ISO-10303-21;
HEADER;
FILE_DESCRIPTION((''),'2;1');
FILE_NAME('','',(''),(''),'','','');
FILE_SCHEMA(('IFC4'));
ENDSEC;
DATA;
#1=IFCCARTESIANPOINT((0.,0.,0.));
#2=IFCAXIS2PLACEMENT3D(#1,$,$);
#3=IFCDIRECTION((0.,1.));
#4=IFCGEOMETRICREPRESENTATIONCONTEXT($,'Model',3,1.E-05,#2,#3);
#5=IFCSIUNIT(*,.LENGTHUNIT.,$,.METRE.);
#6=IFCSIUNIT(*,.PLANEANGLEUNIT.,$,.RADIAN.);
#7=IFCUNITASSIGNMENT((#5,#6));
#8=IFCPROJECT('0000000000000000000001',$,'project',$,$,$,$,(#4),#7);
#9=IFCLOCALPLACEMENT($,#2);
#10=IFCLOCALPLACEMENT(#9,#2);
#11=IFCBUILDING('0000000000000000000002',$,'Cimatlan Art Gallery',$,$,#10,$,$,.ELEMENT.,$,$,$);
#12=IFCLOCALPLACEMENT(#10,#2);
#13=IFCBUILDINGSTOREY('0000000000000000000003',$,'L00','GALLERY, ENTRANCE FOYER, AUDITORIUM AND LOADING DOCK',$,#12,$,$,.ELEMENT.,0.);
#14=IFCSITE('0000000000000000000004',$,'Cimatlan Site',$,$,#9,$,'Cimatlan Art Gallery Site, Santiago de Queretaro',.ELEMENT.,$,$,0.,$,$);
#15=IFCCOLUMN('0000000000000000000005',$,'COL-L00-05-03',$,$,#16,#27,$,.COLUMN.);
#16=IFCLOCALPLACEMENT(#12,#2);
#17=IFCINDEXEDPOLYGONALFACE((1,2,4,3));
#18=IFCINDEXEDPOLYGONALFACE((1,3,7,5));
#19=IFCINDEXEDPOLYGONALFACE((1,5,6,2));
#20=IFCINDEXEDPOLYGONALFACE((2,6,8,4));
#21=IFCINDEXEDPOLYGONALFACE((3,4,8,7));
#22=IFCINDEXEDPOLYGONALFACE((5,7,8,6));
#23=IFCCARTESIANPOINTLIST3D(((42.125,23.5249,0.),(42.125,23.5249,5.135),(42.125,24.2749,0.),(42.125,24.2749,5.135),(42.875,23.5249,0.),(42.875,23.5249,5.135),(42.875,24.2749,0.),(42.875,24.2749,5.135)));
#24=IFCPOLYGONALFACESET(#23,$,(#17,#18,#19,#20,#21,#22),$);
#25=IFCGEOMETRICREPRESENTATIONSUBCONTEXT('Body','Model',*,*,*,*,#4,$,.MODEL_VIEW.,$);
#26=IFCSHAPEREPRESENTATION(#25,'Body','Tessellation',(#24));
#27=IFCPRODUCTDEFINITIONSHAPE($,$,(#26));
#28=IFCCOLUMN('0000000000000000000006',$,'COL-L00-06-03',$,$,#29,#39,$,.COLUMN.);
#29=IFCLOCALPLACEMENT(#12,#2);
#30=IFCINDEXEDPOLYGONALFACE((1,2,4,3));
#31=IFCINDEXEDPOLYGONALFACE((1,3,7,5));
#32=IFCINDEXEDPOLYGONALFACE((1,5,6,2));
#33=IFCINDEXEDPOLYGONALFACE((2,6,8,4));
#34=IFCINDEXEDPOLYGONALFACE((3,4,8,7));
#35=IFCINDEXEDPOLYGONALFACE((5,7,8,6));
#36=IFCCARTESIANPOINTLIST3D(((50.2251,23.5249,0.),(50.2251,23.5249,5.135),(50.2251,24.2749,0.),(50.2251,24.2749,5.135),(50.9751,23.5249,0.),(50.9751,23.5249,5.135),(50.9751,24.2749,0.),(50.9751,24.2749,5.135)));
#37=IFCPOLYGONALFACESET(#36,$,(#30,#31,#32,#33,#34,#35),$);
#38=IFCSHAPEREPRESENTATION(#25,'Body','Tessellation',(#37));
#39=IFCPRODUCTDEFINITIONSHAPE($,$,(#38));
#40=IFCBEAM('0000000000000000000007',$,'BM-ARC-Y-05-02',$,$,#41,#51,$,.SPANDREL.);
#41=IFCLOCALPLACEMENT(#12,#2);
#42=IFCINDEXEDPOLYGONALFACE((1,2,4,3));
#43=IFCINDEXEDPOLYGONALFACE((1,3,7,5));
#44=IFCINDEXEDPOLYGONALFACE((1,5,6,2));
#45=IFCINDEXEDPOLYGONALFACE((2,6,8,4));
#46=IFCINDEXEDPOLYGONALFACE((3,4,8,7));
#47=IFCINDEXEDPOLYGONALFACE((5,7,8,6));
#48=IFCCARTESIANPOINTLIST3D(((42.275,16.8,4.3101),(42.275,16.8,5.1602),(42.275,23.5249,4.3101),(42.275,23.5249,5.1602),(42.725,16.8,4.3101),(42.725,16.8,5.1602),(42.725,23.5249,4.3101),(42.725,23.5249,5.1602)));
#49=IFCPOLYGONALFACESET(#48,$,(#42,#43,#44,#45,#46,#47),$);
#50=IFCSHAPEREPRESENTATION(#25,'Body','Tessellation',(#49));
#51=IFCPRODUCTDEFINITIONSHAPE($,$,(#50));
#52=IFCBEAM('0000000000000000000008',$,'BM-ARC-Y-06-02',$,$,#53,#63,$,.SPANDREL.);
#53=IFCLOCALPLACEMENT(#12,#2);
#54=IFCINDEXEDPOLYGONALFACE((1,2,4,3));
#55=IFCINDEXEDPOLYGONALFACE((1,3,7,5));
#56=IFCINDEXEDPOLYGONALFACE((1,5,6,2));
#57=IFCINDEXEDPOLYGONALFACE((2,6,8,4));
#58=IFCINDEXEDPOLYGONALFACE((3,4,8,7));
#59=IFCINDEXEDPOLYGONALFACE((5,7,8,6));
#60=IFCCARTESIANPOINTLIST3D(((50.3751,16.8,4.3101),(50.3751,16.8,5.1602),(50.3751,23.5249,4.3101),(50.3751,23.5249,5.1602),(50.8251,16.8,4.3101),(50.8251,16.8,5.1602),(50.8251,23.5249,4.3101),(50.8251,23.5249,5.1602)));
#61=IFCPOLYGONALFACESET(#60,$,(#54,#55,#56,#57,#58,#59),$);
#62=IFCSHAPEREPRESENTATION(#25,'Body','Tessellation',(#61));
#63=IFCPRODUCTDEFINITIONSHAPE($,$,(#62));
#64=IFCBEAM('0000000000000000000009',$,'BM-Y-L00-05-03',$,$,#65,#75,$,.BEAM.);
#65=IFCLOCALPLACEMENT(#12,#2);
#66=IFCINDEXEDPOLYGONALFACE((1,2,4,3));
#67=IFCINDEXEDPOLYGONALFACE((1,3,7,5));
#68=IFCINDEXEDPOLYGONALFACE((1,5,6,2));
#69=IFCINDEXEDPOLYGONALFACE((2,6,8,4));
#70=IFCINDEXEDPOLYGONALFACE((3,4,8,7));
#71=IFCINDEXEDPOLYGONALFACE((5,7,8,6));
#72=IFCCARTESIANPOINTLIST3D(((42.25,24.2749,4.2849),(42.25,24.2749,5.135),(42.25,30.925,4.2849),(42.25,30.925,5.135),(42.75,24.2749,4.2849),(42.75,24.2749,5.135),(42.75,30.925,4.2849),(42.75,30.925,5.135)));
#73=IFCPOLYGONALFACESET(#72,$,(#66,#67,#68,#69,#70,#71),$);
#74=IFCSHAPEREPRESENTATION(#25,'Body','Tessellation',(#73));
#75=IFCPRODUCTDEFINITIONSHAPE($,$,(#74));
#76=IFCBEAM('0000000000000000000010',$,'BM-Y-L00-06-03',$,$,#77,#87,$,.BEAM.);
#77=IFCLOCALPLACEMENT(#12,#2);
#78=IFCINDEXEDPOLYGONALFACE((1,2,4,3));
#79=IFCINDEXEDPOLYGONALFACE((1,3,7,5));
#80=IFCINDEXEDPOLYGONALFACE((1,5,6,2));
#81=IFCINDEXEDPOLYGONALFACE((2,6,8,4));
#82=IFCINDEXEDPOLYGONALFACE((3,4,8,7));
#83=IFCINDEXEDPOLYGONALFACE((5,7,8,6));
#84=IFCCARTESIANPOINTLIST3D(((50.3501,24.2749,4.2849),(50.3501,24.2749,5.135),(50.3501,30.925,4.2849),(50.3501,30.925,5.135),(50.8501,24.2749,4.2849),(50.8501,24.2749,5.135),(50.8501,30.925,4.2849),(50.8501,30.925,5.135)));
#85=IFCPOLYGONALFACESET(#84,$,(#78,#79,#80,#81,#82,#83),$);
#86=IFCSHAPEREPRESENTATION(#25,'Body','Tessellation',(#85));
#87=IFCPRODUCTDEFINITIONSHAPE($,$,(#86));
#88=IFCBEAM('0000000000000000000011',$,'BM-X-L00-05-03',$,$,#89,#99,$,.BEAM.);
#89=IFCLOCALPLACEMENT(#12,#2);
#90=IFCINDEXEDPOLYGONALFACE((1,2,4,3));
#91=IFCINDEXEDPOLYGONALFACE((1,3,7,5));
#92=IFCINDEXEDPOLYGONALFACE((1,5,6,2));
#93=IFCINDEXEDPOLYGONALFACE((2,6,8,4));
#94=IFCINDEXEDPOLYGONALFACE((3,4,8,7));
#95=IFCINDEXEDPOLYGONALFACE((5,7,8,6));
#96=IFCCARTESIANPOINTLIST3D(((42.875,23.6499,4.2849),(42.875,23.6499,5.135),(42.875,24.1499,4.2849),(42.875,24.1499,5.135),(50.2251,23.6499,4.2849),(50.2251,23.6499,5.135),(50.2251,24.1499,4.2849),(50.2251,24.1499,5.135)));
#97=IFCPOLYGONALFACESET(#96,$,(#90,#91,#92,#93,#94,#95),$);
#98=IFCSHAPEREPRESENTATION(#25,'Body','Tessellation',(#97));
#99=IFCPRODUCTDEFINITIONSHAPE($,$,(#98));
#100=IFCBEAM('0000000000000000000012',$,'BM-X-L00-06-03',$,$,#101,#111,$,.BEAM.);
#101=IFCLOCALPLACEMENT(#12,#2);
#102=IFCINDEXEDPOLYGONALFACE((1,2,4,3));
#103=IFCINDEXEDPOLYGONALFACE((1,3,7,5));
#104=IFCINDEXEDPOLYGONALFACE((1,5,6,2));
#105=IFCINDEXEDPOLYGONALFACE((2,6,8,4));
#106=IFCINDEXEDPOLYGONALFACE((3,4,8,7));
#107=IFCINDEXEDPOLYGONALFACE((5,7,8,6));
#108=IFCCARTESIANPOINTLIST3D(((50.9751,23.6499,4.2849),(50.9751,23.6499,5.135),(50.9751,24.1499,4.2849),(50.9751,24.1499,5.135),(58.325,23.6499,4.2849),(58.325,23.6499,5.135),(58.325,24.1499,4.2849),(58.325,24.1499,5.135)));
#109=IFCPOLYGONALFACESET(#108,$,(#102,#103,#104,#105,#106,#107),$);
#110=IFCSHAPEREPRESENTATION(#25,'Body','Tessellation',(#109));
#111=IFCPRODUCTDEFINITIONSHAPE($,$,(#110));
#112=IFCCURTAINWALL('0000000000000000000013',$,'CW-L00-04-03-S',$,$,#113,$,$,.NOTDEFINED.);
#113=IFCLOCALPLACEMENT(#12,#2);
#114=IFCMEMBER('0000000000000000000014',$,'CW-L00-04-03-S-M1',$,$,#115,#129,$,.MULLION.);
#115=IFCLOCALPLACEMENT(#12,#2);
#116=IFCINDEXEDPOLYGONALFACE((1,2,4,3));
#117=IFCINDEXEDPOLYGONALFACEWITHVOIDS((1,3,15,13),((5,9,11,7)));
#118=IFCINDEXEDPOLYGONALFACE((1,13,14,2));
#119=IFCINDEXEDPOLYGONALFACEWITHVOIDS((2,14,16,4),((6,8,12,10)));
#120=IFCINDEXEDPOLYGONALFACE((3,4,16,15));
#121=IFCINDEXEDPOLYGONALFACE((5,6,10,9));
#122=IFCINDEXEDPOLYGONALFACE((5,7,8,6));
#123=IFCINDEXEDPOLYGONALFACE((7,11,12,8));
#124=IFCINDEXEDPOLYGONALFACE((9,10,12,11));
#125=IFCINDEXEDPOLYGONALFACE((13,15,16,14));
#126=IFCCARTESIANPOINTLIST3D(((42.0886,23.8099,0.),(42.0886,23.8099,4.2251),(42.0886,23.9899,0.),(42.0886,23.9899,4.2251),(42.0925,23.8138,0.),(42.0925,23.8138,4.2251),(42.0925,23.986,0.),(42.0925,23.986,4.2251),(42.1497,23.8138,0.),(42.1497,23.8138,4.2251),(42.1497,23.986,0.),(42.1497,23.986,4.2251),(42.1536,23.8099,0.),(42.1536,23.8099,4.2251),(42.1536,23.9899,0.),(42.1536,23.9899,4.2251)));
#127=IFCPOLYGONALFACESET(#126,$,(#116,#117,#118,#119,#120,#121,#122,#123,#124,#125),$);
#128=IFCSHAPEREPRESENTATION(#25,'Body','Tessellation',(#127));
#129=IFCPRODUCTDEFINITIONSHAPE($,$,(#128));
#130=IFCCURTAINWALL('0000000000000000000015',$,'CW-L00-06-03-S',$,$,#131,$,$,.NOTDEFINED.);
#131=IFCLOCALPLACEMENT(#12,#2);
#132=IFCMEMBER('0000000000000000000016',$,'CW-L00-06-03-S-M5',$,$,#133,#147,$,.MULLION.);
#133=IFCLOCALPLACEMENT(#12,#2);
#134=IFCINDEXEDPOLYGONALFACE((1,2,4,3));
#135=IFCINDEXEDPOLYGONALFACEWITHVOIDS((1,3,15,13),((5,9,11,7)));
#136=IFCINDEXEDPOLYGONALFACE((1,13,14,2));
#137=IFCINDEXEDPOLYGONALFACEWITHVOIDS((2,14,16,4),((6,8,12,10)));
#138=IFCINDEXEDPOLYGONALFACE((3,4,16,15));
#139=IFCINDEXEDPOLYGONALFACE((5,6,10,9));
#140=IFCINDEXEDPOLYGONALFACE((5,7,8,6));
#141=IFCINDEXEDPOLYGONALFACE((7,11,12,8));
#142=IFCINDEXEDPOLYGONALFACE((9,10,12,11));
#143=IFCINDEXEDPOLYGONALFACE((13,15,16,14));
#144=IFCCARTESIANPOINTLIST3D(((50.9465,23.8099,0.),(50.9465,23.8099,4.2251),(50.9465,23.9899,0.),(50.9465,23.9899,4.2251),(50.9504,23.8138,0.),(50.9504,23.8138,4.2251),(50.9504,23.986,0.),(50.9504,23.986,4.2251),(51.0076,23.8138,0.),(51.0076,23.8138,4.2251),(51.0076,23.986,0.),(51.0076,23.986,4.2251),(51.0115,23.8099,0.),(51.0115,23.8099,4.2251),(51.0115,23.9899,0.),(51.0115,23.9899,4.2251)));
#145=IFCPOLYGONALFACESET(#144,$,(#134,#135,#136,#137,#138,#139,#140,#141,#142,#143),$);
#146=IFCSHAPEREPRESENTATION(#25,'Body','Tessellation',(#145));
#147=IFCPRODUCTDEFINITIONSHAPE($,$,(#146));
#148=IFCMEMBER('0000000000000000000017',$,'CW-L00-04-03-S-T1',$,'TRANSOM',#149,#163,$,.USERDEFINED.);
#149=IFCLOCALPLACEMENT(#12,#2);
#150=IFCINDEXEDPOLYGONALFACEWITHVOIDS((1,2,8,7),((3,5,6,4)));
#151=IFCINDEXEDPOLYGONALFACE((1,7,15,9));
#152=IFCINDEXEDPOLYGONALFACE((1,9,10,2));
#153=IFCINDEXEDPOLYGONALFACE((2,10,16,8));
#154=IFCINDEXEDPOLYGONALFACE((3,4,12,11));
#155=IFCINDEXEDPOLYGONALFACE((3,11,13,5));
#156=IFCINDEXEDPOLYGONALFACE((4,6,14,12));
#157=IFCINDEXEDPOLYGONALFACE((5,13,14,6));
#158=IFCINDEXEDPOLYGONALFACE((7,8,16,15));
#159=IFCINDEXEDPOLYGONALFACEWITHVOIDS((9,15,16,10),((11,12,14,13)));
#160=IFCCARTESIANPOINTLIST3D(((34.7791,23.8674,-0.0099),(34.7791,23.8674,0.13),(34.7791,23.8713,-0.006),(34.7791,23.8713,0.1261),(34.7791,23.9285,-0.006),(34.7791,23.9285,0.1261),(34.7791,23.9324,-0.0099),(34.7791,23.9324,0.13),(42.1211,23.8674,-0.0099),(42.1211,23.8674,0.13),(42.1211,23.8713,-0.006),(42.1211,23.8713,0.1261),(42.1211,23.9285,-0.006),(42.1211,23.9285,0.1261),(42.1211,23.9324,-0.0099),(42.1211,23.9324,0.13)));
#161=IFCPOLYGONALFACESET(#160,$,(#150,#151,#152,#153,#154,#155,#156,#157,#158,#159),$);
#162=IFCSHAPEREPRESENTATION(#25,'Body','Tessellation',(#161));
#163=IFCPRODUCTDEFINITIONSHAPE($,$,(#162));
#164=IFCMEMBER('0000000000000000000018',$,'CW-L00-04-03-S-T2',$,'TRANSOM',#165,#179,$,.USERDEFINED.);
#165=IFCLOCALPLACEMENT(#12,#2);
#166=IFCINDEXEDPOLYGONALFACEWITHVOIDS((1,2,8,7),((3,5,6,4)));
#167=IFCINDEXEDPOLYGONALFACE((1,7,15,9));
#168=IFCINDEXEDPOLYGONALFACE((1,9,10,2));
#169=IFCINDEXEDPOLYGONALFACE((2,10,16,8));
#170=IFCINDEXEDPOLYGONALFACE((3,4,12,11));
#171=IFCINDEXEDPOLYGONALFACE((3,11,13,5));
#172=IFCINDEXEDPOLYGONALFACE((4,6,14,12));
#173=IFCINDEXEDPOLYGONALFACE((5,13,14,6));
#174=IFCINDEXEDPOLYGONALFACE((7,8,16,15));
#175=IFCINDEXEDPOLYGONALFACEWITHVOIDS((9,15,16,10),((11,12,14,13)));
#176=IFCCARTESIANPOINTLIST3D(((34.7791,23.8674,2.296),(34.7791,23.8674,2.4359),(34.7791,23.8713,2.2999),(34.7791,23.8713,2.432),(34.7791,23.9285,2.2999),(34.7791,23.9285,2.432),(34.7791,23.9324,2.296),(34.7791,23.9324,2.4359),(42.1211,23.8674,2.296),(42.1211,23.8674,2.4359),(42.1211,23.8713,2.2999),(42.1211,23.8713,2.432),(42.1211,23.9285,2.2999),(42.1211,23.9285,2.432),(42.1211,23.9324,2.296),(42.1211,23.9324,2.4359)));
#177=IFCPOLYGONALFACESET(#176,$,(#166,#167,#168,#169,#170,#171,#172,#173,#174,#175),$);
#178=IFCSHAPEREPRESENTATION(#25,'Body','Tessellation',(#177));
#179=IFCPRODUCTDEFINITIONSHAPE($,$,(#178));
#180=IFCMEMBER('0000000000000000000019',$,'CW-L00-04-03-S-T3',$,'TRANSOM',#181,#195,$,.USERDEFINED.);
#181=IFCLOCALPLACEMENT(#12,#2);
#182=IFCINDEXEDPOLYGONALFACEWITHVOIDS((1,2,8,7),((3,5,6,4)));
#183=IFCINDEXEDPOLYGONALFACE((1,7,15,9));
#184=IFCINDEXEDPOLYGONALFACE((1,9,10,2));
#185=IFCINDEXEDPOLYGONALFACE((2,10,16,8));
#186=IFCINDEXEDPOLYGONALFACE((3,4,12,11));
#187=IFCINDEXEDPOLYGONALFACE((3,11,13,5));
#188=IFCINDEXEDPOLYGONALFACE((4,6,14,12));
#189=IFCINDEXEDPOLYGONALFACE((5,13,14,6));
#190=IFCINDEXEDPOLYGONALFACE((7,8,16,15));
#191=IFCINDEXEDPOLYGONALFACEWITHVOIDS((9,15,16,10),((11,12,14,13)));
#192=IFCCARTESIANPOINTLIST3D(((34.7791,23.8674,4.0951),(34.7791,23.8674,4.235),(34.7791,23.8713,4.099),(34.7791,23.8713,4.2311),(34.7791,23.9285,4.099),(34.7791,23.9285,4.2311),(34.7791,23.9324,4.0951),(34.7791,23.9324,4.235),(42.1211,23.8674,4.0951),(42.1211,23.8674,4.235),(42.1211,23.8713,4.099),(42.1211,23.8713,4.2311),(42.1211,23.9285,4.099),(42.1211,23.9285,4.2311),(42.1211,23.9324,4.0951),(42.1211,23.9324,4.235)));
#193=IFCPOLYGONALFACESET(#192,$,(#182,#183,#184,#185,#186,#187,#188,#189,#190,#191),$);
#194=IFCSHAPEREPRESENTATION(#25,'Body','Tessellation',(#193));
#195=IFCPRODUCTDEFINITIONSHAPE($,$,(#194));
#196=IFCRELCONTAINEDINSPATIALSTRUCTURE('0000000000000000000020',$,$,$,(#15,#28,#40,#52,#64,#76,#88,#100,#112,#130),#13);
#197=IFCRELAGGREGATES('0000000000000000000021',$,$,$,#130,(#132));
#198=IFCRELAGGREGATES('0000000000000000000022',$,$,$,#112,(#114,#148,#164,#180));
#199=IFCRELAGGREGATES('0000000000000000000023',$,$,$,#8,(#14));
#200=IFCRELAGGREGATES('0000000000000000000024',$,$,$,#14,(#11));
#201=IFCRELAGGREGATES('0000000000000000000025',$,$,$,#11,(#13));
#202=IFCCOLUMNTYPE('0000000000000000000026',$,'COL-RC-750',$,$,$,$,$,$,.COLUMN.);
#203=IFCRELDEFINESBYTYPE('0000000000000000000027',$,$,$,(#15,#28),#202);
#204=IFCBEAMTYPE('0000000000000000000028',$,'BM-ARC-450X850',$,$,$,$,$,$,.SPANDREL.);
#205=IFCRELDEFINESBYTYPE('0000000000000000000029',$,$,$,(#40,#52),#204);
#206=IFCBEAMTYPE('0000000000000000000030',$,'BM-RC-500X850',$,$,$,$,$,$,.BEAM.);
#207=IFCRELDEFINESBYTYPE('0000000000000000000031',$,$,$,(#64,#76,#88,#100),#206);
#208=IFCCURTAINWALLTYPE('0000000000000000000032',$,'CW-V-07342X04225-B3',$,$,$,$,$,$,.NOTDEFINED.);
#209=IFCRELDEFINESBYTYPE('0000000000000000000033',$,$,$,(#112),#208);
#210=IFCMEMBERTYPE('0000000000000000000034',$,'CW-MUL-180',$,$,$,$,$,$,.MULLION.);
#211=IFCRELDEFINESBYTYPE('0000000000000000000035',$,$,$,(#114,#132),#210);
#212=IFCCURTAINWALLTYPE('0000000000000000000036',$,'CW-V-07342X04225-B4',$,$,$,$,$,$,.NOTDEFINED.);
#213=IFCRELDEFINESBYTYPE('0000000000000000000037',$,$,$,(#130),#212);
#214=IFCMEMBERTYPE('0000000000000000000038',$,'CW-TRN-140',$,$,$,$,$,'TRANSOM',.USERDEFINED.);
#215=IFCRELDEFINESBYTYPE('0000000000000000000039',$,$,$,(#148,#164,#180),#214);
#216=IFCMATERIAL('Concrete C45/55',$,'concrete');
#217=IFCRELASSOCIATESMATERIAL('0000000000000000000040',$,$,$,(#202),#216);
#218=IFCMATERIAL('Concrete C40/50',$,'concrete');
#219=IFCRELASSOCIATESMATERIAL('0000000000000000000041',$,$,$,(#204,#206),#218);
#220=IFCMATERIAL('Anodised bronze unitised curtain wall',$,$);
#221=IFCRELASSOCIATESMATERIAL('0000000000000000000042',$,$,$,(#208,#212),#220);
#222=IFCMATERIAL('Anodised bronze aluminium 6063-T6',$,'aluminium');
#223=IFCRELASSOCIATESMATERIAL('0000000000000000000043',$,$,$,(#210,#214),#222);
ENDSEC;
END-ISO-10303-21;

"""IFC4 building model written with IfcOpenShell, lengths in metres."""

from ifc_helpers import new_model, si_unit, direction, frame, origin, origin_2d, place, context, subcontext, project, spatial, rectangle, hollow_rectangle, extrude, material, material_profile, profile_set, type_object, element, aggregate, save


model = new_model("IFC4")

# Units and contexts
model_context = context("Model", 3, precision=1e-05, world=origin(), true_north=direction((0.0, 1.0)))
body_context = subcontext(model_context, "Body", "Model", "MODEL_VIEW")
ifc_project = project(units=[si_unit("LENGTHUNIT", "METRE"), si_unit("PLANEANGLEUNIT", "RADIAN")], contexts=[model_context])

# Site, building, storey
site_placement = place(None, origin())
site = spatial("IfcSite", under=ifc_project, at=site_placement, Name="Cimatlan Site", LongName="Cimatlan Art Gallery Site, Santiago de Queretaro", CompositionType="ELEMENT", RefElevation=0.0)
building_placement = place(site_placement, origin())
building = spatial("IfcBuilding", under=site, at=building_placement, Name="Cimatlan Art Gallery", CompositionType="ELEMENT")
storey_placement = place(building_placement, origin())
storey = spatial("IfcBuildingStorey", under=building, at=storey_placement, Name="L00", Description="GALLERY, ENTRANCE FOYER, AUDITORIUM AND LOADING DOCK", CompositionType="ELEMENT", Elevation=0.0)

# Columns
ifc_material_1 = material(Name="Concrete C45/55", Category="concrete")
ifc_material_profile_1 = material_profile(ifc_material_1, rectangle(XDim=0.75, YDim=0.75, at=origin_2d()), Name="RC750X750")
ifc_profile_set_1 = profile_set([ifc_material_profile_1], Name="Concrete C45/55")
column_type = type_object("IfcColumnType", Name="COL-RC-750", PredefinedType="COLUMN", material=ifc_profile_set_1)
for number, where, z_axis, x_axis, name in (
    (1, (42.5, 23.8999, 0.0), (0.0, 0.0, 1.0), (1.0, 0.0, 0.0), "COL-L00-05-03"),
    (2, (50.6001, 23.8999, 0.0), (0.0, 0.0, 1.0), (1.0, 0.0, 0.0), "COL-L00-06-03"),
):
    element("IfcColumn", number, at=place(storey_placement, frame(where, z_axis=z_axis, x_axis=x_axis)), inside=storey, type_object=column_type, Name=name, PredefinedType="COLUMN", context=body_context, shape_type="SweptSolid", body=[
        extrude(rectangle(XDim=0.75, YDim=0.75, at=origin_2d()), origin(), (0.0, 0.0, 1.0), 5.135),
    ])

# Beams
ifc_material_2 = material(Name="Concrete C40/50", Category="concrete")
ifc_material_profile_2 = material_profile(ifc_material_2, rectangle(XDim=0.45, YDim=0.8501, at=origin_2d()), Name="RC450X850")
ifc_profile_set_2 = profile_set([ifc_material_profile_2], Name="Concrete C40/50")
beam_type_1 = type_object("IfcBeamType", Name="BM-ARC-450X850", PredefinedType="SPANDREL", material=ifc_profile_set_2)
for number, where, z_axis, x_axis, name in (
    (3, (42.5, 16.8, 4.7351), (0.0, 1.0, 0.0), (-1.0, 0.0, 0.0), "BM-ARC-Y-05-02"),
    (4, (50.6001, 16.8, 4.7351), (0.0, 1.0, 0.0), (-1.0, 0.0, 0.0), "BM-ARC-Y-06-02"),
):
    element("IfcBeam", number, at=place(storey_placement, frame(where, z_axis=z_axis, x_axis=x_axis)), inside=storey, type_object=beam_type_1, Name=name, PredefinedType="SPANDREL", context=body_context, shape_type="SweptSolid", body=[
        extrude(rectangle(XDim=0.45, YDim=0.8501, at=origin_2d()), origin(), (0.0, 0.0, 1.0), 6.7249),
    ])
ifc_material_profile_3 = material_profile(ifc_material_2, rectangle(XDim=0.5, YDim=0.8501, at=origin_2d()), Name="RC500X850")
ifc_profile_set_3 = profile_set([ifc_material_profile_3], Name="Concrete C40/50")
beam_type_2 = type_object("IfcBeamType", Name="BM-RC-500X850", PredefinedType="BEAM", material=ifc_profile_set_3)
for number, where, z_axis, x_axis, name in (
    (5, (42.5, 24.2749, 4.71), (0.0, 1.0, 0.0), (-1.0, 0.0, 0.0), "BM-Y-L00-05-03"),
    (6, (50.6001, 24.2749, 4.71), (0.0, 1.0, 0.0), (-1.0, 0.0, 0.0), "BM-Y-L00-06-03"),
):
    element("IfcBeam", number, at=place(storey_placement, frame(where, z_axis=z_axis, x_axis=x_axis)), inside=storey, type_object=beam_type_2, Name=name, PredefinedType="BEAM", context=body_context, shape_type="SweptSolid", body=[
        extrude(rectangle(XDim=0.5, YDim=0.8501, at=origin_2d()), origin(), (0.0, 0.0, 1.0), 6.6501),
    ])
beam_1_placement = place(storey_placement, frame((42.875, 23.8999, 4.71), z_axis=(1.0, 0.0, 0.0), x_axis=(0.0, 1.0, 0.0)))
element("IfcBeam", 7, at=beam_1_placement, inside=storey, type_object=beam_type_2, Name="BM-X-L00-05-03", PredefinedType="BEAM", context=body_context, shape_type="SweptSolid", body=[
    extrude(rectangle(XDim=0.5, YDim=0.8501, at=origin_2d()), origin(), (0.0, 0.0, 1.0), 7.3501),
])
beam_2_placement = place(storey_placement, frame((50.9751, 23.8999, 4.71), z_axis=(1.0, 0.0, 0.0), x_axis=(0.0, 1.0, 0.0)))
element("IfcBeam", 8, at=beam_2_placement, inside=storey, type_object=beam_type_2, Name="BM-X-L00-06-03", PredefinedType="BEAM", context=body_context, shape_type="SweptSolid", body=[
    extrude(rectangle(XDim=0.5, YDim=0.8501, at=origin_2d()), origin(), (0.0, 0.0, 1.0), 7.3499),
])

# Curtain walls, members
ifc_material_3 = material(Name="Anodised bronze unitised curtain wall")
curtain_wall_type_1 = type_object("IfcCurtainWallType", Name="CW-V-07342X04225-B3", PredefinedType="NOTDEFINED", material=ifc_material_3)
curtain_wall_1_placement = place(storey_placement, origin())
curtain_wall_1 = element("IfcCurtainWall", 9, at=curtain_wall_1_placement, inside=storey, type_object=curtain_wall_type_1, Name="CW-L00-04-03-S", PredefinedType="NOTDEFINED")
ifc_material_4 = material(Name="Anodised bronze aluminium 6063-T6", Category="aluminium")
ifc_material_profile_4 = material_profile(ifc_material_4, hollow_rectangle(XDim=0.0649, YDim=0.1799, WallThickness=0.0039, at=origin_2d()), Name="ALU65X180X4")
ifc_profile_set_4 = profile_set([ifc_material_profile_4], Name="Anodised bronze aluminium 6063-T6")
member_type_1 = type_object("IfcMemberType", Name="CW-MUL-180", PredefinedType="MULLION", material=ifc_profile_set_4)
member_1_placement = place(storey_placement, frame((42.1211, 23.8999, 0.0), z_axis=(0.0, 0.0, 1.0), x_axis=(1.0, 0.0, 0.0)))
member_1 = element("IfcMember", 10, at=member_1_placement, type_object=member_type_1, Name="CW-L00-04-03-S-M1", PredefinedType="MULLION", context=body_context, shape_type="SweptSolid", body=[
    extrude(hollow_rectangle(XDim=0.0649, YDim=0.1799, WallThickness=0.0039, at=origin_2d()), origin(), (0.0, 0.0, 1.0), 4.2251),
])
curtain_wall_type_2 = type_object("IfcCurtainWallType", Name="CW-V-07342X04225-B4", PredefinedType="NOTDEFINED", material=ifc_material_3)
curtain_wall_2_placement = place(storey_placement, origin())
curtain_wall_2 = element("IfcCurtainWall", 11, at=curtain_wall_2_placement, inside=storey, type_object=curtain_wall_type_2, Name="CW-L00-06-03-S", PredefinedType="NOTDEFINED")
member_2_placement = place(storey_placement, frame((50.979, 23.8999, 0.0), z_axis=(0.0, 0.0, 1.0), x_axis=(1.0, 0.0, 0.0)))
member_2 = element("IfcMember", 12, at=member_2_placement, type_object=member_type_1, Name="CW-L00-06-03-S-M5", PredefinedType="MULLION", context=body_context, shape_type="SweptSolid", body=[
    extrude(hollow_rectangle(XDim=0.0649, YDim=0.1799, WallThickness=0.0039, at=origin_2d()), origin(), (0.0, 0.0, 1.0), 4.2251),
])

# Members
ifc_material_profile_5 = material_profile(ifc_material_4, hollow_rectangle(XDim=0.0649, YDim=0.1399, WallThickness=0.0039, at=origin_2d()), Name="ALU65X140X4")
ifc_profile_set_5 = profile_set([ifc_material_profile_5], Name="Anodised bronze aluminium 6063-T6")
member_type_2 = type_object("IfcMemberType", Name="CW-TRN-140", ElementType="TRANSOM", PredefinedType="USERDEFINED", material=ifc_profile_set_5)
member_3_placement = place(storey_placement, frame((42.1211, 23.8999, 0.0601), z_axis=(-1.0, 0.0, 0.0), x_axis=(0.0, -1.0, 0.0)))
member_3 = element("IfcMember", 13, at=member_3_placement, type_object=member_type_2, Name="CW-L00-04-03-S-T1", ObjectType="TRANSOM", PredefinedType="USERDEFINED", context=body_context, shape_type="SweptSolid", body=[
    extrude(hollow_rectangle(XDim=0.0649, YDim=0.1399, WallThickness=0.0039, at=origin_2d()), origin(), (0.0, 0.0, 1.0), 7.342),
])
member_4_placement = place(storey_placement, frame((42.1211, 23.8999, 2.366), z_axis=(-1.0, 0.0, 0.0), x_axis=(0.0, -1.0, 0.0)))
member_4 = element("IfcMember", 14, at=member_4_placement, type_object=member_type_2, Name="CW-L00-04-03-S-T2", ObjectType="TRANSOM", PredefinedType="USERDEFINED", context=body_context, shape_type="SweptSolid", body=[
    extrude(hollow_rectangle(XDim=0.0649, YDim=0.1399, WallThickness=0.0039, at=origin_2d()), origin(), (0.0, 0.0, 1.0), 7.342),
])
member_5_placement = place(storey_placement, frame((42.1211, 23.8999, 4.165), z_axis=(-1.0, 0.0, 0.0), x_axis=(0.0, -1.0, 0.0)))
member_5 = element("IfcMember", 15, at=member_5_placement, type_object=member_type_2, Name="CW-L00-04-03-S-T3", ObjectType="TRANSOM", PredefinedType="USERDEFINED", context=body_context, shape_type="SweptSolid", body=[
    extrude(hollow_rectangle(XDim=0.0649, YDim=0.1399, WallThickness=0.0039, at=origin_2d()), origin(), (0.0, 0.0, 1.0), 7.342),
])

aggregate(curtain_wall_2, [member_2])
aggregate(curtain_wall_1, [member_1, member_3, member_4, member_5])

save(model, "model.ifc")
